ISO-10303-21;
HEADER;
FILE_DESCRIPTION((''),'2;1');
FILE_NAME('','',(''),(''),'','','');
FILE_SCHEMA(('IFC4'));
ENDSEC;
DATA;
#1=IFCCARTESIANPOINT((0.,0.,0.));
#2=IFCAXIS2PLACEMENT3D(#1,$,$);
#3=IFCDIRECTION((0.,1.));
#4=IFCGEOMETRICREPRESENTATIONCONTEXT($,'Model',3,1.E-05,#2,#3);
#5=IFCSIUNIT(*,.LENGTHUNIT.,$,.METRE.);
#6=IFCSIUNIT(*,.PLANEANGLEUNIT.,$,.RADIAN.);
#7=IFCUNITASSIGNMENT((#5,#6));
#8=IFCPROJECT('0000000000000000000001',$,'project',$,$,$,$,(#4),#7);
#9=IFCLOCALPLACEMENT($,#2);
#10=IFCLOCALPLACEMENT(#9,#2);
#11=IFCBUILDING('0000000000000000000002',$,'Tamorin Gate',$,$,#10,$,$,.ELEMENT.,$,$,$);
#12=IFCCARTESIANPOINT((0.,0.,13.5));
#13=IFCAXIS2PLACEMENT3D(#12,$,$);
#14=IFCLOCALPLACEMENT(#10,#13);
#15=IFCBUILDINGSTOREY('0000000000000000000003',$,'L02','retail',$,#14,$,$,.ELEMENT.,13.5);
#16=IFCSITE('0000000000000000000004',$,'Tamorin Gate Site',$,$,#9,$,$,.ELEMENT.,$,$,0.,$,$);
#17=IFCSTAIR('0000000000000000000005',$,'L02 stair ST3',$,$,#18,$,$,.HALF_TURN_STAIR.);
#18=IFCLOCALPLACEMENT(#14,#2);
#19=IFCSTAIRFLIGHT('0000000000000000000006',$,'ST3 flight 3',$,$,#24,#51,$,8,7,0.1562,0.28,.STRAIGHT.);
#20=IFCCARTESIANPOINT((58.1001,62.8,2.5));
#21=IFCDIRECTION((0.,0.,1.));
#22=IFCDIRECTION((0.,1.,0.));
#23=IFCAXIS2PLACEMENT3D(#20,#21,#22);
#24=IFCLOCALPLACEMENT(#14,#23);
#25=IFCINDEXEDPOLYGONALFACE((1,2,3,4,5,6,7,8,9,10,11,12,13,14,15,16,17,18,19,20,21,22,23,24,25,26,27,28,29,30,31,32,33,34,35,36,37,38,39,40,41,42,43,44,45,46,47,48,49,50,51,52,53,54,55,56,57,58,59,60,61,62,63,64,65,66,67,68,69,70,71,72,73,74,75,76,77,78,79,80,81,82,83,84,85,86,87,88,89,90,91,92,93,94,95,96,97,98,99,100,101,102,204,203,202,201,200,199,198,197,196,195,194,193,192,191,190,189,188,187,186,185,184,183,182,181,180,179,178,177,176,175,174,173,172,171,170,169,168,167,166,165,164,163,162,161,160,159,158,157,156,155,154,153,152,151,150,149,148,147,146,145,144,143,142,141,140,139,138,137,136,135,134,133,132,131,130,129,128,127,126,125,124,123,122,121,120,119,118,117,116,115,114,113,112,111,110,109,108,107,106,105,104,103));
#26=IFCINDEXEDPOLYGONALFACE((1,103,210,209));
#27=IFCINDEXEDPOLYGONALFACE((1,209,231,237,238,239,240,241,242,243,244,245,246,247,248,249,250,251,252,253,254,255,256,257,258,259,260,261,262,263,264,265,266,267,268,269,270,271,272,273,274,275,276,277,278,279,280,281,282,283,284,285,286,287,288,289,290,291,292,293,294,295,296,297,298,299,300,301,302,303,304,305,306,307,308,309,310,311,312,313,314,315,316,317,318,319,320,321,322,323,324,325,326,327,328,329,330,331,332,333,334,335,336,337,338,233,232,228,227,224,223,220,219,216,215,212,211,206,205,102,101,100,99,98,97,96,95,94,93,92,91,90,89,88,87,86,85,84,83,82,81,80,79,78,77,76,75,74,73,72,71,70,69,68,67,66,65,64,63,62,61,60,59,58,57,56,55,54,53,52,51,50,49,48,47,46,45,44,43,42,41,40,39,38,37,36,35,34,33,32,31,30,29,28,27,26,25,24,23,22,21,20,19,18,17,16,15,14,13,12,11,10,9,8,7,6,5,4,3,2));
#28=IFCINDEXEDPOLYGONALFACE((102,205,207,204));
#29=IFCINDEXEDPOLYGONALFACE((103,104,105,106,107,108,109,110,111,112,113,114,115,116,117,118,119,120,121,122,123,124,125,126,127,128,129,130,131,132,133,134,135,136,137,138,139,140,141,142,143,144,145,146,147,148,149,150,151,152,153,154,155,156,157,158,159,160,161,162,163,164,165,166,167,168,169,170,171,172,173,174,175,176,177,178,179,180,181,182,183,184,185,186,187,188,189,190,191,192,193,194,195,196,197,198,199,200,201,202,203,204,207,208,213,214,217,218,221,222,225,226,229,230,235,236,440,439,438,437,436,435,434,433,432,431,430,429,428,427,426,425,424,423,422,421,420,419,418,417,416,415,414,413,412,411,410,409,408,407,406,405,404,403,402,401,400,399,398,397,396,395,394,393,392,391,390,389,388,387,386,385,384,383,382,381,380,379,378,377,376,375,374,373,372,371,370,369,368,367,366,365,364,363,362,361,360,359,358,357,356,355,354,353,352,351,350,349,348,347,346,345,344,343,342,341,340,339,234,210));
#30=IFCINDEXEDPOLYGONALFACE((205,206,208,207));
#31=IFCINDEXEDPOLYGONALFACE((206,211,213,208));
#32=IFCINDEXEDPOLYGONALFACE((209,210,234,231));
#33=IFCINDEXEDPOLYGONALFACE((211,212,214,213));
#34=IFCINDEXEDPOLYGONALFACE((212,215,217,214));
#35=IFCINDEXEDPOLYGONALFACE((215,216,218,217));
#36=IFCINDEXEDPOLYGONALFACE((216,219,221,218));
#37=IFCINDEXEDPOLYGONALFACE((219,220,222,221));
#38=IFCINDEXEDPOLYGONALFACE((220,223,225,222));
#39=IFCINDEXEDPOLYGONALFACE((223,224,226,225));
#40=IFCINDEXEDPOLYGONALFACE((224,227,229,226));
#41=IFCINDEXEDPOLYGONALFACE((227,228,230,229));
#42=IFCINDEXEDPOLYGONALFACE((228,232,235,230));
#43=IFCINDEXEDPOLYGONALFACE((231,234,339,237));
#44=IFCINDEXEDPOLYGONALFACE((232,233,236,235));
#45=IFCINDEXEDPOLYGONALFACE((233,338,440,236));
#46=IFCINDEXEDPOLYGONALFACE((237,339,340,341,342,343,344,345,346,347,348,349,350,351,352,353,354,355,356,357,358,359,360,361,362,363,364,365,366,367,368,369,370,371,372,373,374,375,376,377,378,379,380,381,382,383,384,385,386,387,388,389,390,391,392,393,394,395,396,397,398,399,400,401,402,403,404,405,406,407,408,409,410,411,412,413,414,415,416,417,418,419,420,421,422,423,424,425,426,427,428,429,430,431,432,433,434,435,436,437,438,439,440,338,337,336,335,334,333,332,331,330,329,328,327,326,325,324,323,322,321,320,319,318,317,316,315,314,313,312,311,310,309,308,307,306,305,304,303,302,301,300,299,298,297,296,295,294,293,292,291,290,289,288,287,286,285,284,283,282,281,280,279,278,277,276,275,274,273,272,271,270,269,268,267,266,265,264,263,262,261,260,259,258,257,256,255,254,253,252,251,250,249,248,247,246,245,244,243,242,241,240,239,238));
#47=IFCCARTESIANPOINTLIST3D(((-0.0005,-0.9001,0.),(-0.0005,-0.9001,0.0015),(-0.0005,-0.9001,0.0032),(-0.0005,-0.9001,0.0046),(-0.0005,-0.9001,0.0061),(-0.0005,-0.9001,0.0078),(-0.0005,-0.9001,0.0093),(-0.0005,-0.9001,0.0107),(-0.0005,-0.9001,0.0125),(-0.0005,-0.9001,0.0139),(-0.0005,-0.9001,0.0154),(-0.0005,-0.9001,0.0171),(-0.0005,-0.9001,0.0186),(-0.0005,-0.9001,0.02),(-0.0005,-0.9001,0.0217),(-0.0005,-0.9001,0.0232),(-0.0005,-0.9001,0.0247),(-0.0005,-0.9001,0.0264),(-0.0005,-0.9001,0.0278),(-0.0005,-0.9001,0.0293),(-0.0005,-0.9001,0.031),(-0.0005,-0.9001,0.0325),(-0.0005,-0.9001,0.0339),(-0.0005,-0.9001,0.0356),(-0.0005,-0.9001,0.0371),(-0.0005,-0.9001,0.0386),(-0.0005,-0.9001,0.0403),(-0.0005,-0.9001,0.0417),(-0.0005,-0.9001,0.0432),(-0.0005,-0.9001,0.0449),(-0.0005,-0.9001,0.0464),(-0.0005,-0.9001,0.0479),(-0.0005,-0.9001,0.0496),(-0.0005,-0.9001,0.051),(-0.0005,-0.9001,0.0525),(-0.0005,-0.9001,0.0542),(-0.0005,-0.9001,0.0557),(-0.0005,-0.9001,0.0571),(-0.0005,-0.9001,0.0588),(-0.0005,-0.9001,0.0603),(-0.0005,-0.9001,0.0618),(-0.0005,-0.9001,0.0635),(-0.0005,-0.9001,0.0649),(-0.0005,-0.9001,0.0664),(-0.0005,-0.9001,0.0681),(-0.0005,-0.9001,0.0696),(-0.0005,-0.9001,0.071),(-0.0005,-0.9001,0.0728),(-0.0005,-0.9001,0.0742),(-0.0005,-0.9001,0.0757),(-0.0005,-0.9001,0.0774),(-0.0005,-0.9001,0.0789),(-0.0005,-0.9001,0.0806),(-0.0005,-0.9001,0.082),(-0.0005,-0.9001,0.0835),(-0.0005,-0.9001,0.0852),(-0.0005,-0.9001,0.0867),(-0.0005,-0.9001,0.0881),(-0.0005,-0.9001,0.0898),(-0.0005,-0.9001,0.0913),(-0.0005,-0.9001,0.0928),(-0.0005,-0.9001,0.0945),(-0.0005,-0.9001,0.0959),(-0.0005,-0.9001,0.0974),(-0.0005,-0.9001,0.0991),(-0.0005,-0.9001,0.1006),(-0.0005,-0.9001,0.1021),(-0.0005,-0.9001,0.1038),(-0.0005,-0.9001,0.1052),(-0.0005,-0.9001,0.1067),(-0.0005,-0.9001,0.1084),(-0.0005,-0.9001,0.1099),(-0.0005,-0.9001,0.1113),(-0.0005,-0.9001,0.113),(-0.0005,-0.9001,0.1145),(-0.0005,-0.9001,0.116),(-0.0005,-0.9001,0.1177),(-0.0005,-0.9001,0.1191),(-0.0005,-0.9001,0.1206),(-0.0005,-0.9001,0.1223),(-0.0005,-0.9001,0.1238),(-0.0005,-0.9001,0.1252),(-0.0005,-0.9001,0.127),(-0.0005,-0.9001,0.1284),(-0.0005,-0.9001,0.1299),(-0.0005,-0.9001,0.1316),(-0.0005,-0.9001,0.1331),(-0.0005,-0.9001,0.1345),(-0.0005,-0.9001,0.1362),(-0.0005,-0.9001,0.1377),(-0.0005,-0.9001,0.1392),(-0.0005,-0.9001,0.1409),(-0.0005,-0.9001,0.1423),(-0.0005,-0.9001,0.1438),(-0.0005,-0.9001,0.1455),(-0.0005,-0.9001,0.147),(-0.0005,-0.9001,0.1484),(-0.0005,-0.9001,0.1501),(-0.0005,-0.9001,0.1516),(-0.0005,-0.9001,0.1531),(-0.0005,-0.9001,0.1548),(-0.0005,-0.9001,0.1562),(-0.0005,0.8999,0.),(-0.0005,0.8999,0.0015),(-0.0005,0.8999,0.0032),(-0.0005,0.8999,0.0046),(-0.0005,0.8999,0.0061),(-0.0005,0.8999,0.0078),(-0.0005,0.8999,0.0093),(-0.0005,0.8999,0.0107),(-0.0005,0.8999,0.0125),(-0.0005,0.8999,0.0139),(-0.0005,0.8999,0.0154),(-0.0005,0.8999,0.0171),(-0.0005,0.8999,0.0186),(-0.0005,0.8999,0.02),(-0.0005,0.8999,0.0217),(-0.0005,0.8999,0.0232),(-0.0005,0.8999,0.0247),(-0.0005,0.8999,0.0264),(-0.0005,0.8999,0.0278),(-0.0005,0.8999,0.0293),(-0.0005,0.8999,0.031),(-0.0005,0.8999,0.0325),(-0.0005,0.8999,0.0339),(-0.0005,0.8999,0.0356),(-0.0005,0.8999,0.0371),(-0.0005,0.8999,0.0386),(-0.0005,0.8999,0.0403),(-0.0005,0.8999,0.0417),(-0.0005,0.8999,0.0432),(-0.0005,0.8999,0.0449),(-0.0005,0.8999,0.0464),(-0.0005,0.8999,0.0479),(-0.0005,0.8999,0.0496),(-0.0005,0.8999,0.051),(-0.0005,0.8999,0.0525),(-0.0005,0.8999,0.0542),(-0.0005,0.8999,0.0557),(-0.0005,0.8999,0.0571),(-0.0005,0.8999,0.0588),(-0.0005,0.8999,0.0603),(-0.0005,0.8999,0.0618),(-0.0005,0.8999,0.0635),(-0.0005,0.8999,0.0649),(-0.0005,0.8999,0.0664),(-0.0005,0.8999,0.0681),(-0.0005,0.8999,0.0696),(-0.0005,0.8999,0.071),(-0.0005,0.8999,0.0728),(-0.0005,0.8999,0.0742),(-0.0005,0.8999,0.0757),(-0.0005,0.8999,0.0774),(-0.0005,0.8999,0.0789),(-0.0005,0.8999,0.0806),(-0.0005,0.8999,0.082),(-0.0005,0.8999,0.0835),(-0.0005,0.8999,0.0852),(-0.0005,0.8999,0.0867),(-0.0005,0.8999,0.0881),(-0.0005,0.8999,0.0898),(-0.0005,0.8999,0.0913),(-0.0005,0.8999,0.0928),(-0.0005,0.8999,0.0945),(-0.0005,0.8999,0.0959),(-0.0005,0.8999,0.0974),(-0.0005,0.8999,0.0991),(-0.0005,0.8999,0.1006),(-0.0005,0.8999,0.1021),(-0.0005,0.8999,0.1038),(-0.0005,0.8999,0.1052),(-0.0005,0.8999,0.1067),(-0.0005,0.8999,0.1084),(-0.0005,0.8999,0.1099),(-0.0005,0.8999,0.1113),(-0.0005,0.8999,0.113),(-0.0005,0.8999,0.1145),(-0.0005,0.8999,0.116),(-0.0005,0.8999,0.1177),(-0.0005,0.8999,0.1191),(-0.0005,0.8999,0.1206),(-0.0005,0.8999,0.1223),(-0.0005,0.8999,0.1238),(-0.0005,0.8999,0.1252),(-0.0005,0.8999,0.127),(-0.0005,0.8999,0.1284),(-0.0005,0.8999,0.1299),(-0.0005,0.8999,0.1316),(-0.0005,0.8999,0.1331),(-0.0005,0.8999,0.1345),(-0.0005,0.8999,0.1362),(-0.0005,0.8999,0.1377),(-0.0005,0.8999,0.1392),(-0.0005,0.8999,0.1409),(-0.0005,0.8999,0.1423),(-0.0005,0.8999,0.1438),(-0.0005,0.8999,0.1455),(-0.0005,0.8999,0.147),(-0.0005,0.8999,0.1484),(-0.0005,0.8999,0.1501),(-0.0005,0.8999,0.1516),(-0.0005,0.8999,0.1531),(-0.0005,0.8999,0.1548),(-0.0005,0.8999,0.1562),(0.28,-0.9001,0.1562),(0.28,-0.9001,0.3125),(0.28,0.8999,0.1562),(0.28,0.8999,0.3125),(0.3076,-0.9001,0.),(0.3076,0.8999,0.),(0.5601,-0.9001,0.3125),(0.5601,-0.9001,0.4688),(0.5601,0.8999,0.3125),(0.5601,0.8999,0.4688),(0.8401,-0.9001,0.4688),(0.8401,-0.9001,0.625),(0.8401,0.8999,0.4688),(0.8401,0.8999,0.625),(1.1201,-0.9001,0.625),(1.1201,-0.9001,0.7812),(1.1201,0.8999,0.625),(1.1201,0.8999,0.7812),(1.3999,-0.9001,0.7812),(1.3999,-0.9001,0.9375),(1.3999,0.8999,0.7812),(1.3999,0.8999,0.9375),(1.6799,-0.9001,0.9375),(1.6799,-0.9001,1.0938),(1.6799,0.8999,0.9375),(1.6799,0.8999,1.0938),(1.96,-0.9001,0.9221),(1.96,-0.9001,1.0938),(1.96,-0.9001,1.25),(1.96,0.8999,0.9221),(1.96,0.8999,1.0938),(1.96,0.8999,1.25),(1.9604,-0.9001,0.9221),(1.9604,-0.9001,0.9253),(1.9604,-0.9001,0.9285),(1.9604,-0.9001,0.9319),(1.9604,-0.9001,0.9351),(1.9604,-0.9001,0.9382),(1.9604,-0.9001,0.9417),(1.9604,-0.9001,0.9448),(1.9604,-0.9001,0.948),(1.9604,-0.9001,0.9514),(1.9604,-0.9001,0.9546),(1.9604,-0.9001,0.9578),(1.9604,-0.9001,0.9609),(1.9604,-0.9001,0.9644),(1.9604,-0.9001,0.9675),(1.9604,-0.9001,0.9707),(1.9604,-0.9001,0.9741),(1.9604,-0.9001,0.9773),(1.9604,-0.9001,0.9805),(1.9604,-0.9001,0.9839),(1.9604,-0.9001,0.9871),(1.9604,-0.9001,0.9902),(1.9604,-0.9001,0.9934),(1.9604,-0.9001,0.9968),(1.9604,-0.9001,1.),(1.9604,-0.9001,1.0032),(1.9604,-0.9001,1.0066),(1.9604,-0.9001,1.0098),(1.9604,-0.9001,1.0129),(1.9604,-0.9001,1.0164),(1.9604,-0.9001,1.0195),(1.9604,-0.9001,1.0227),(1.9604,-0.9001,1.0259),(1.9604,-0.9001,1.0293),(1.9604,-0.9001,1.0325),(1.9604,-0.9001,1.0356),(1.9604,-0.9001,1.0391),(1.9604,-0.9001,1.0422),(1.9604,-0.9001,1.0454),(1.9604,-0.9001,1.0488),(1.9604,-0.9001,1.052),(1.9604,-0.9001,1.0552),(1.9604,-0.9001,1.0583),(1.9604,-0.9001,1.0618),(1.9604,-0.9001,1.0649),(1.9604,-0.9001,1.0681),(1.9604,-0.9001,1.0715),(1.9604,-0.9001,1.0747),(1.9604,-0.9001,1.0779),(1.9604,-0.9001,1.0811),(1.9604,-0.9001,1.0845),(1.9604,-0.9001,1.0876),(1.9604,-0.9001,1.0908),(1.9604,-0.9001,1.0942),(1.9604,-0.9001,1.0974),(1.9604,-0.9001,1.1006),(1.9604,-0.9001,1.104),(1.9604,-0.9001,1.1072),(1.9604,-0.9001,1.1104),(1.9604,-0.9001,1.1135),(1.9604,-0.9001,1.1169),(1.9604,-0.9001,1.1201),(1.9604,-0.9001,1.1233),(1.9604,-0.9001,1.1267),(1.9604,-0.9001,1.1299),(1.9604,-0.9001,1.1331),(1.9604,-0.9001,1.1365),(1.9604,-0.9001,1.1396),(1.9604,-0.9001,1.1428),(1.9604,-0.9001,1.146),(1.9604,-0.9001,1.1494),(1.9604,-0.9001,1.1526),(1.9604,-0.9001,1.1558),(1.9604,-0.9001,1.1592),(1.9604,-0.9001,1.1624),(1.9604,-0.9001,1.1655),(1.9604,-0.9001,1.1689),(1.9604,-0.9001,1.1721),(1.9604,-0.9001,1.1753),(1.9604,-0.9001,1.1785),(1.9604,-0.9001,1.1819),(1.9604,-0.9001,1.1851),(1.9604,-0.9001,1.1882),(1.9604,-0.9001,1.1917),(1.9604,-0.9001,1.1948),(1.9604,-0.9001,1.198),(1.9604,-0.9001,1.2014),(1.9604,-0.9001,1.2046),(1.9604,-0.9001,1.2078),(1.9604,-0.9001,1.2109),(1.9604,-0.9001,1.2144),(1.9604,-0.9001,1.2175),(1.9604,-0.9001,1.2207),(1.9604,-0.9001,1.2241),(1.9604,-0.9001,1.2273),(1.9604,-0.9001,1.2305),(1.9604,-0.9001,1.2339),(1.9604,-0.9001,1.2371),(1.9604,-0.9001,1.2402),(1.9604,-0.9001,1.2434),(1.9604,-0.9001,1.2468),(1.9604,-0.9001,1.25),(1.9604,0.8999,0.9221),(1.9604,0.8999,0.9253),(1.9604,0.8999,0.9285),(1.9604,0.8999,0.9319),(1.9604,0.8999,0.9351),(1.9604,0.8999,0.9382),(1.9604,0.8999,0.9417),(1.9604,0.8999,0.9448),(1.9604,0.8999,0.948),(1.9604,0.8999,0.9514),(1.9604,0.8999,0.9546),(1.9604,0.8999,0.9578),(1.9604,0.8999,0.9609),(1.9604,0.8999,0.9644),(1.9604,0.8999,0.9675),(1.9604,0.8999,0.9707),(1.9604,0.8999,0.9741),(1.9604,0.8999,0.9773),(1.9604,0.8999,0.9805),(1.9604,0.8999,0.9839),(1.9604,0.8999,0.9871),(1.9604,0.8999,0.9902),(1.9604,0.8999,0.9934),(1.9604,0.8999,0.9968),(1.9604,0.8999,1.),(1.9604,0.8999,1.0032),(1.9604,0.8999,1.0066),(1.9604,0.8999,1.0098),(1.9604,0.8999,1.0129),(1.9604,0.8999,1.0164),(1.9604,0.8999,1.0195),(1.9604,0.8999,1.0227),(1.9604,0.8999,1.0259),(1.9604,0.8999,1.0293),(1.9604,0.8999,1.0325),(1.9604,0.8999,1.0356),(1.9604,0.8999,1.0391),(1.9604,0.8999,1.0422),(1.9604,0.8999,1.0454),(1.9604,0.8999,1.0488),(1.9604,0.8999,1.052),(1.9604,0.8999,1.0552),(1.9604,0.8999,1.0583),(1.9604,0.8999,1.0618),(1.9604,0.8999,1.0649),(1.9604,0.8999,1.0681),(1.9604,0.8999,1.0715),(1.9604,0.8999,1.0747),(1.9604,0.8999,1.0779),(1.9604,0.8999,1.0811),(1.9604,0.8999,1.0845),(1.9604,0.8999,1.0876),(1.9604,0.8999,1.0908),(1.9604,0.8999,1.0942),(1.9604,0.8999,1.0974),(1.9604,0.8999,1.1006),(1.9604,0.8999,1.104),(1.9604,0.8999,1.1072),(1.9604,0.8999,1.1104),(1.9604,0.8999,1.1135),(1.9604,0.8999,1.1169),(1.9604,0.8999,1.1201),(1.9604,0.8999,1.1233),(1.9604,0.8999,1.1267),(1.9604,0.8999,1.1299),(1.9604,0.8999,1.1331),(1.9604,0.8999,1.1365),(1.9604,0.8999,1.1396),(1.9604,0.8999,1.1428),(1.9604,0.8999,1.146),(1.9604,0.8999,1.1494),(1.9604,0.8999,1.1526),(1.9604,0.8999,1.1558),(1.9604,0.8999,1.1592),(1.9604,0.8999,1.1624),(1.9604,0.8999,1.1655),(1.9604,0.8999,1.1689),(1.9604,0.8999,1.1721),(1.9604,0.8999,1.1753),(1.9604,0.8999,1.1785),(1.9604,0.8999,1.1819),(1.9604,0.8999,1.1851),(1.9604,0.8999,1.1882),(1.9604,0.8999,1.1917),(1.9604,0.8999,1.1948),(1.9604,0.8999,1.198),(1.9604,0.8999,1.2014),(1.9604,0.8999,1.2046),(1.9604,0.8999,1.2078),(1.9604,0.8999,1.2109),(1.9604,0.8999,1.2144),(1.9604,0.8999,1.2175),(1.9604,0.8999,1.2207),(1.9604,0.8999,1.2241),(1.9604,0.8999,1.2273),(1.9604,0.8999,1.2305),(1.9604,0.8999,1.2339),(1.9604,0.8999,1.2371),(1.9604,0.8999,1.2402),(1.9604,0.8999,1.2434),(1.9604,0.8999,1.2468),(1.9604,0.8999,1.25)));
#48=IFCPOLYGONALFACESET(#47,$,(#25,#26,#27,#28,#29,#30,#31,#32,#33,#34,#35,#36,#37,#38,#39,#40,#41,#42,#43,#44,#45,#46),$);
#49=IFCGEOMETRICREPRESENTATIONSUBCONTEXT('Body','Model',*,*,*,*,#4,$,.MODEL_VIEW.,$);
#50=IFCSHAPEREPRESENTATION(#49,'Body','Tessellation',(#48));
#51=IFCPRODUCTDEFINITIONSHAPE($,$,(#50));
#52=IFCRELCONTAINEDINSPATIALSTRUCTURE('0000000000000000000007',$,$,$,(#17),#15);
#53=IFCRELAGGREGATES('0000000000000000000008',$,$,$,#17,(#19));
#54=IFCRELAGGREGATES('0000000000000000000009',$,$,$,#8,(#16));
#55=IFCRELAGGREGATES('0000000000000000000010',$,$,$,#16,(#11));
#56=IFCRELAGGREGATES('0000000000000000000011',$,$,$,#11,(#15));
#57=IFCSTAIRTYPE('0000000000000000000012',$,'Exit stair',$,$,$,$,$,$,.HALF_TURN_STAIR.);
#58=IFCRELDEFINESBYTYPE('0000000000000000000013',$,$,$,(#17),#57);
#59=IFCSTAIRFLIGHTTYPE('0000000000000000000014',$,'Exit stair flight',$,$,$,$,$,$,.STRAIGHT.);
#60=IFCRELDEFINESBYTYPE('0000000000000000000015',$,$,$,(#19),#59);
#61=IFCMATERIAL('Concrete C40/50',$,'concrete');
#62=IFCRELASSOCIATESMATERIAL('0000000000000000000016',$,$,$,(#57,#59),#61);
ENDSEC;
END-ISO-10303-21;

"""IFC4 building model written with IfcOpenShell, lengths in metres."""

from ifc_helpers import new_model, si_unit, direction, frame, origin, place, context, subcontext, project, spatial, polyline, outline, extrude, material, type_object, element, aggregate, save


model = new_model("IFC4")

# Units and contexts
model_context = context("Model", 3, precision=1e-05, world=origin(), true_north=direction((0.0, 1.0)))
body_context = subcontext(model_context, "Body", "Model", "MODEL_VIEW")
ifc_project = project(units=[si_unit("LENGTHUNIT", "METRE"), si_unit("PLANEANGLEUNIT", "RADIAN")], contexts=[model_context])

# Site, building, storey
site_placement = place(None, origin())
site = spatial("IfcSite", under=ifc_project, at=site_placement, Name="Tamorin Gate Site", CompositionType="ELEMENT", RefElevation=0.0)
building_placement = place(site_placement, origin())
building = spatial("IfcBuilding", under=site, at=building_placement, Name="Tamorin Gate", CompositionType="ELEMENT")
storey_placement = place(building_placement, frame((0.0, 0.0, 13.5)))
storey = spatial("IfcBuildingStorey", under=building, at=storey_placement, Name="L02", Description="retail", CompositionType="ELEMENT", Elevation=13.5)

# Stair, stair flight
ifc_material_1 = material(Name="Concrete C40/50", Category="concrete")
stair_type = type_object("IfcStairType", Name="Exit stair", PredefinedType="HALF_TURN_STAIR", material=ifc_material_1)
stair_placement = place(storey_placement, origin())
stair = element("IfcStair", 1, at=stair_placement, inside=storey, type_object=stair_type, Name="L02 stair ST3", PredefinedType="HALF_TURN_STAIR")
stair_flight_type = type_object("IfcStairFlightType", Name="Exit stair flight", PredefinedType="STRAIGHT", material=ifc_material_1)
stair_flight_1_placement = place(storey_placement, frame((58.1001, 62.8, 2.5), z_axis=(0.0, 0.0, 1.0), x_axis=(0.0, 1.0, 0.0)))
stair_flight_1 = element("IfcStairFlight", 2, at=stair_flight_1_placement, type_object=stair_flight_type, Name="ST3 flight 3", NumberOfRisers=8, NumberOfTreads=7, PredefinedType="STRAIGHT", RiserHeight=0.1562, TreadLength=0.28, context=body_context, shape_type="SweptSolid", body=[
    extrude(outline(polyline([(-0.0005, 0.0), (-0.0005, 0.0015), (-0.0005, 0.0032), (-0.0005, 0.0046), (-0.0005, 0.0061), (-0.0005, 0.0078), (-0.0005, 0.0093), (-0.0005, 0.0107), (-0.0005, 0.0125), (-0.0005, 0.0139), (-0.0005, 0.0154), (-0.0005, 0.0171), (-0.0005, 0.0186), (-0.0005, 0.02), (-0.0005, 0.0217), (-0.0005, 0.0232), (-0.0005, 0.0247), (-0.0005, 0.0264), (-0.0005, 0.0278), (-0.0005, 0.0293), (-0.0005, 0.031), (-0.0005, 0.0325), (-0.0005, 0.0339), (-0.0005, 0.0356), (-0.0005, 0.0371), (-0.0005, 0.0386), (-0.0005, 0.0403), (-0.0005, 0.0417), (-0.0005, 0.0432), (-0.0005, 0.0449), (-0.0005, 0.0464), (-0.0005, 0.0479), (-0.0005, 0.0496), (-0.0005, 0.051), (-0.0005, 0.0525), (-0.0005, 0.0542), (-0.0005, 0.0557), (-0.0005, 0.0571), (-0.0005, 0.0588), (-0.0005, 0.0603), (-0.0005, 0.0618), (-0.0005, 0.0635), (-0.0005, 0.0649), (-0.0005, 0.0664), (-0.0005, 0.0681), (-0.0005, 0.0696), (-0.0005, 0.071), (-0.0005, 0.0728), (-0.0005, 0.0742), (-0.0005, 0.0757), (-0.0005, 0.0774), (-0.0005, 0.0789), (-0.0005, 0.0806), (-0.0005, 0.082), (-0.0005, 0.0835), (-0.0005, 0.0852), (-0.0005, 0.0867), (-0.0005, 0.0881), (-0.0005, 0.0898), (-0.0005, 0.0913), (-0.0005, 0.0928), (-0.0005, 0.0945), (-0.0005, 0.0959), (-0.0005, 0.0974), (-0.0005, 0.0991), (-0.0005, 0.1006), (-0.0005, 0.1021), (-0.0005, 0.1038), (-0.0005, 0.1052), (-0.0005, 0.1067), (-0.0005, 0.1084), (-0.0005, 0.1099), (-0.0005, 0.1113), (-0.0005, 0.113), (-0.0005, 0.1145), (-0.0005, 0.116), (-0.0005, 0.1177), (-0.0005, 0.1191), (-0.0005, 0.1206), (-0.0005, 0.1223), (-0.0005, 0.1238), (-0.0005, 0.1252), (-0.0005, 0.127), (-0.0005, 0.1284), (-0.0005, 0.1299), (-0.0005, 0.1316), (-0.0005, 0.1331), (-0.0005, 0.1345), (-0.0005, 0.1362), (-0.0005, 0.1377), (-0.0005, 0.1392), (-0.0005, 0.1409), (-0.0005, 0.1423), (-0.0005, 0.1438), (-0.0005, 0.1455), (-0.0005, 0.147), (-0.0005, 0.1484), (-0.0005, 0.1501), (-0.0005, 0.1516), (-0.0005, 0.1531), (-0.0005, 0.1548), (-0.0005, 0.1562), (0.28, 0.1562), (0.28, 0.3125), (0.5601, 0.3125), (0.5601, 0.4688), (0.8401, 0.4688), (0.8401, 0.625), (1.1201, 0.625), (1.1201, 0.7812), (1.3999, 0.7812), (1.3999, 0.9375), (1.6799, 0.9375), (1.6799, 1.0938), (1.96, 1.0938), (1.96, 1.25), (1.9604, 1.25), (1.9604, 1.2468), (1.9604, 1.2434), (1.9604, 1.2402), (1.9604, 1.2371), (1.9604, 1.2339), (1.9604, 1.2305), (1.9604, 1.2273), (1.9604, 1.2241), (1.9604, 1.2207), (1.9604, 1.2175), (1.9604, 1.2144), (1.9604, 1.2109), (1.9604, 1.2078), (1.9604, 1.2046), (1.9604, 1.2014), (1.9604, 1.198), (1.9604, 1.1948), (1.9604, 1.1917), (1.9604, 1.1882), (1.9604, 1.1851), (1.9604, 1.1819), (1.9604, 1.1785), (1.9604, 1.1753), (1.9604, 1.1721), (1.9604, 1.1689), (1.9604, 1.1655), (1.9604, 1.1624), (1.9604, 1.1592), (1.9604, 1.1558), (1.9604, 1.1526), (1.9604, 1.1494), (1.9604, 1.146), (1.9604, 1.1428), (1.9604, 1.1396), (1.9604, 1.1365), (1.9604, 1.1331), (1.9604, 1.1299), (1.9604, 1.1267), (1.9604, 1.1233), (1.9604, 1.1201), (1.9604, 1.1169), (1.9604, 1.1135), (1.9604, 1.1104), (1.9604, 1.1072), (1.9604, 1.104), (1.9604, 1.1006), (1.9604, 1.0974), (1.9604, 1.0942), (1.9604, 1.0908), (1.9604, 1.0876), (1.9604, 1.0845), (1.9604, 1.0811), (1.9604, 1.0779), (1.9604, 1.0747), (1.9604, 1.0715), (1.9604, 1.0681), (1.9604, 1.0649), (1.9604, 1.0618), (1.9604, 1.0583), (1.9604, 1.0552), (1.9604, 1.052), (1.9604, 1.0488), (1.9604, 1.0454), (1.9604, 1.0422), (1.9604, 1.0391), (1.9604, 1.0356), (1.9604, 1.0325), (1.9604, 1.0293), (1.9604, 1.0259), (1.9604, 1.0227), (1.9604, 1.0195), (1.9604, 1.0164), (1.9604, 1.0129), (1.9604, 1.0098), (1.9604, 1.0066), (1.9604, 1.0032), (1.9604, 1.0), (1.9604, 0.9968), (1.9604, 0.9934), (1.9604, 0.9902), (1.9604, 0.9871), (1.9604, 0.9839), (1.9604, 0.9805), (1.9604, 0.9773), (1.9604, 0.9741), (1.9604, 0.9707), (1.9604, 0.9675), (1.9604, 0.9644), (1.9604, 0.9609), (1.9604, 0.9578), (1.9604, 0.9546), (1.9604, 0.9514), (1.9604, 0.948), (1.9604, 0.9448), (1.9604, 0.9417), (1.9604, 0.9382), (1.9604, 0.9351), (1.9604, 0.9319), (1.9604, 0.9285), (1.9604, 0.9253), (1.9604, 0.9221), (1.96, 0.9221), (0.3076, 0.0), (-0.0005, 0.0)])), frame((0.0, 0.8999, 0.0), z_axis=(0.0, -1.0, 0.0), x_axis=(1.0, 0.0, 0.0)), (0.0, 0.0, 1.0), 1.8),
])
aggregate(stair, [stair_flight_1])

save(model, "model.ifc")
